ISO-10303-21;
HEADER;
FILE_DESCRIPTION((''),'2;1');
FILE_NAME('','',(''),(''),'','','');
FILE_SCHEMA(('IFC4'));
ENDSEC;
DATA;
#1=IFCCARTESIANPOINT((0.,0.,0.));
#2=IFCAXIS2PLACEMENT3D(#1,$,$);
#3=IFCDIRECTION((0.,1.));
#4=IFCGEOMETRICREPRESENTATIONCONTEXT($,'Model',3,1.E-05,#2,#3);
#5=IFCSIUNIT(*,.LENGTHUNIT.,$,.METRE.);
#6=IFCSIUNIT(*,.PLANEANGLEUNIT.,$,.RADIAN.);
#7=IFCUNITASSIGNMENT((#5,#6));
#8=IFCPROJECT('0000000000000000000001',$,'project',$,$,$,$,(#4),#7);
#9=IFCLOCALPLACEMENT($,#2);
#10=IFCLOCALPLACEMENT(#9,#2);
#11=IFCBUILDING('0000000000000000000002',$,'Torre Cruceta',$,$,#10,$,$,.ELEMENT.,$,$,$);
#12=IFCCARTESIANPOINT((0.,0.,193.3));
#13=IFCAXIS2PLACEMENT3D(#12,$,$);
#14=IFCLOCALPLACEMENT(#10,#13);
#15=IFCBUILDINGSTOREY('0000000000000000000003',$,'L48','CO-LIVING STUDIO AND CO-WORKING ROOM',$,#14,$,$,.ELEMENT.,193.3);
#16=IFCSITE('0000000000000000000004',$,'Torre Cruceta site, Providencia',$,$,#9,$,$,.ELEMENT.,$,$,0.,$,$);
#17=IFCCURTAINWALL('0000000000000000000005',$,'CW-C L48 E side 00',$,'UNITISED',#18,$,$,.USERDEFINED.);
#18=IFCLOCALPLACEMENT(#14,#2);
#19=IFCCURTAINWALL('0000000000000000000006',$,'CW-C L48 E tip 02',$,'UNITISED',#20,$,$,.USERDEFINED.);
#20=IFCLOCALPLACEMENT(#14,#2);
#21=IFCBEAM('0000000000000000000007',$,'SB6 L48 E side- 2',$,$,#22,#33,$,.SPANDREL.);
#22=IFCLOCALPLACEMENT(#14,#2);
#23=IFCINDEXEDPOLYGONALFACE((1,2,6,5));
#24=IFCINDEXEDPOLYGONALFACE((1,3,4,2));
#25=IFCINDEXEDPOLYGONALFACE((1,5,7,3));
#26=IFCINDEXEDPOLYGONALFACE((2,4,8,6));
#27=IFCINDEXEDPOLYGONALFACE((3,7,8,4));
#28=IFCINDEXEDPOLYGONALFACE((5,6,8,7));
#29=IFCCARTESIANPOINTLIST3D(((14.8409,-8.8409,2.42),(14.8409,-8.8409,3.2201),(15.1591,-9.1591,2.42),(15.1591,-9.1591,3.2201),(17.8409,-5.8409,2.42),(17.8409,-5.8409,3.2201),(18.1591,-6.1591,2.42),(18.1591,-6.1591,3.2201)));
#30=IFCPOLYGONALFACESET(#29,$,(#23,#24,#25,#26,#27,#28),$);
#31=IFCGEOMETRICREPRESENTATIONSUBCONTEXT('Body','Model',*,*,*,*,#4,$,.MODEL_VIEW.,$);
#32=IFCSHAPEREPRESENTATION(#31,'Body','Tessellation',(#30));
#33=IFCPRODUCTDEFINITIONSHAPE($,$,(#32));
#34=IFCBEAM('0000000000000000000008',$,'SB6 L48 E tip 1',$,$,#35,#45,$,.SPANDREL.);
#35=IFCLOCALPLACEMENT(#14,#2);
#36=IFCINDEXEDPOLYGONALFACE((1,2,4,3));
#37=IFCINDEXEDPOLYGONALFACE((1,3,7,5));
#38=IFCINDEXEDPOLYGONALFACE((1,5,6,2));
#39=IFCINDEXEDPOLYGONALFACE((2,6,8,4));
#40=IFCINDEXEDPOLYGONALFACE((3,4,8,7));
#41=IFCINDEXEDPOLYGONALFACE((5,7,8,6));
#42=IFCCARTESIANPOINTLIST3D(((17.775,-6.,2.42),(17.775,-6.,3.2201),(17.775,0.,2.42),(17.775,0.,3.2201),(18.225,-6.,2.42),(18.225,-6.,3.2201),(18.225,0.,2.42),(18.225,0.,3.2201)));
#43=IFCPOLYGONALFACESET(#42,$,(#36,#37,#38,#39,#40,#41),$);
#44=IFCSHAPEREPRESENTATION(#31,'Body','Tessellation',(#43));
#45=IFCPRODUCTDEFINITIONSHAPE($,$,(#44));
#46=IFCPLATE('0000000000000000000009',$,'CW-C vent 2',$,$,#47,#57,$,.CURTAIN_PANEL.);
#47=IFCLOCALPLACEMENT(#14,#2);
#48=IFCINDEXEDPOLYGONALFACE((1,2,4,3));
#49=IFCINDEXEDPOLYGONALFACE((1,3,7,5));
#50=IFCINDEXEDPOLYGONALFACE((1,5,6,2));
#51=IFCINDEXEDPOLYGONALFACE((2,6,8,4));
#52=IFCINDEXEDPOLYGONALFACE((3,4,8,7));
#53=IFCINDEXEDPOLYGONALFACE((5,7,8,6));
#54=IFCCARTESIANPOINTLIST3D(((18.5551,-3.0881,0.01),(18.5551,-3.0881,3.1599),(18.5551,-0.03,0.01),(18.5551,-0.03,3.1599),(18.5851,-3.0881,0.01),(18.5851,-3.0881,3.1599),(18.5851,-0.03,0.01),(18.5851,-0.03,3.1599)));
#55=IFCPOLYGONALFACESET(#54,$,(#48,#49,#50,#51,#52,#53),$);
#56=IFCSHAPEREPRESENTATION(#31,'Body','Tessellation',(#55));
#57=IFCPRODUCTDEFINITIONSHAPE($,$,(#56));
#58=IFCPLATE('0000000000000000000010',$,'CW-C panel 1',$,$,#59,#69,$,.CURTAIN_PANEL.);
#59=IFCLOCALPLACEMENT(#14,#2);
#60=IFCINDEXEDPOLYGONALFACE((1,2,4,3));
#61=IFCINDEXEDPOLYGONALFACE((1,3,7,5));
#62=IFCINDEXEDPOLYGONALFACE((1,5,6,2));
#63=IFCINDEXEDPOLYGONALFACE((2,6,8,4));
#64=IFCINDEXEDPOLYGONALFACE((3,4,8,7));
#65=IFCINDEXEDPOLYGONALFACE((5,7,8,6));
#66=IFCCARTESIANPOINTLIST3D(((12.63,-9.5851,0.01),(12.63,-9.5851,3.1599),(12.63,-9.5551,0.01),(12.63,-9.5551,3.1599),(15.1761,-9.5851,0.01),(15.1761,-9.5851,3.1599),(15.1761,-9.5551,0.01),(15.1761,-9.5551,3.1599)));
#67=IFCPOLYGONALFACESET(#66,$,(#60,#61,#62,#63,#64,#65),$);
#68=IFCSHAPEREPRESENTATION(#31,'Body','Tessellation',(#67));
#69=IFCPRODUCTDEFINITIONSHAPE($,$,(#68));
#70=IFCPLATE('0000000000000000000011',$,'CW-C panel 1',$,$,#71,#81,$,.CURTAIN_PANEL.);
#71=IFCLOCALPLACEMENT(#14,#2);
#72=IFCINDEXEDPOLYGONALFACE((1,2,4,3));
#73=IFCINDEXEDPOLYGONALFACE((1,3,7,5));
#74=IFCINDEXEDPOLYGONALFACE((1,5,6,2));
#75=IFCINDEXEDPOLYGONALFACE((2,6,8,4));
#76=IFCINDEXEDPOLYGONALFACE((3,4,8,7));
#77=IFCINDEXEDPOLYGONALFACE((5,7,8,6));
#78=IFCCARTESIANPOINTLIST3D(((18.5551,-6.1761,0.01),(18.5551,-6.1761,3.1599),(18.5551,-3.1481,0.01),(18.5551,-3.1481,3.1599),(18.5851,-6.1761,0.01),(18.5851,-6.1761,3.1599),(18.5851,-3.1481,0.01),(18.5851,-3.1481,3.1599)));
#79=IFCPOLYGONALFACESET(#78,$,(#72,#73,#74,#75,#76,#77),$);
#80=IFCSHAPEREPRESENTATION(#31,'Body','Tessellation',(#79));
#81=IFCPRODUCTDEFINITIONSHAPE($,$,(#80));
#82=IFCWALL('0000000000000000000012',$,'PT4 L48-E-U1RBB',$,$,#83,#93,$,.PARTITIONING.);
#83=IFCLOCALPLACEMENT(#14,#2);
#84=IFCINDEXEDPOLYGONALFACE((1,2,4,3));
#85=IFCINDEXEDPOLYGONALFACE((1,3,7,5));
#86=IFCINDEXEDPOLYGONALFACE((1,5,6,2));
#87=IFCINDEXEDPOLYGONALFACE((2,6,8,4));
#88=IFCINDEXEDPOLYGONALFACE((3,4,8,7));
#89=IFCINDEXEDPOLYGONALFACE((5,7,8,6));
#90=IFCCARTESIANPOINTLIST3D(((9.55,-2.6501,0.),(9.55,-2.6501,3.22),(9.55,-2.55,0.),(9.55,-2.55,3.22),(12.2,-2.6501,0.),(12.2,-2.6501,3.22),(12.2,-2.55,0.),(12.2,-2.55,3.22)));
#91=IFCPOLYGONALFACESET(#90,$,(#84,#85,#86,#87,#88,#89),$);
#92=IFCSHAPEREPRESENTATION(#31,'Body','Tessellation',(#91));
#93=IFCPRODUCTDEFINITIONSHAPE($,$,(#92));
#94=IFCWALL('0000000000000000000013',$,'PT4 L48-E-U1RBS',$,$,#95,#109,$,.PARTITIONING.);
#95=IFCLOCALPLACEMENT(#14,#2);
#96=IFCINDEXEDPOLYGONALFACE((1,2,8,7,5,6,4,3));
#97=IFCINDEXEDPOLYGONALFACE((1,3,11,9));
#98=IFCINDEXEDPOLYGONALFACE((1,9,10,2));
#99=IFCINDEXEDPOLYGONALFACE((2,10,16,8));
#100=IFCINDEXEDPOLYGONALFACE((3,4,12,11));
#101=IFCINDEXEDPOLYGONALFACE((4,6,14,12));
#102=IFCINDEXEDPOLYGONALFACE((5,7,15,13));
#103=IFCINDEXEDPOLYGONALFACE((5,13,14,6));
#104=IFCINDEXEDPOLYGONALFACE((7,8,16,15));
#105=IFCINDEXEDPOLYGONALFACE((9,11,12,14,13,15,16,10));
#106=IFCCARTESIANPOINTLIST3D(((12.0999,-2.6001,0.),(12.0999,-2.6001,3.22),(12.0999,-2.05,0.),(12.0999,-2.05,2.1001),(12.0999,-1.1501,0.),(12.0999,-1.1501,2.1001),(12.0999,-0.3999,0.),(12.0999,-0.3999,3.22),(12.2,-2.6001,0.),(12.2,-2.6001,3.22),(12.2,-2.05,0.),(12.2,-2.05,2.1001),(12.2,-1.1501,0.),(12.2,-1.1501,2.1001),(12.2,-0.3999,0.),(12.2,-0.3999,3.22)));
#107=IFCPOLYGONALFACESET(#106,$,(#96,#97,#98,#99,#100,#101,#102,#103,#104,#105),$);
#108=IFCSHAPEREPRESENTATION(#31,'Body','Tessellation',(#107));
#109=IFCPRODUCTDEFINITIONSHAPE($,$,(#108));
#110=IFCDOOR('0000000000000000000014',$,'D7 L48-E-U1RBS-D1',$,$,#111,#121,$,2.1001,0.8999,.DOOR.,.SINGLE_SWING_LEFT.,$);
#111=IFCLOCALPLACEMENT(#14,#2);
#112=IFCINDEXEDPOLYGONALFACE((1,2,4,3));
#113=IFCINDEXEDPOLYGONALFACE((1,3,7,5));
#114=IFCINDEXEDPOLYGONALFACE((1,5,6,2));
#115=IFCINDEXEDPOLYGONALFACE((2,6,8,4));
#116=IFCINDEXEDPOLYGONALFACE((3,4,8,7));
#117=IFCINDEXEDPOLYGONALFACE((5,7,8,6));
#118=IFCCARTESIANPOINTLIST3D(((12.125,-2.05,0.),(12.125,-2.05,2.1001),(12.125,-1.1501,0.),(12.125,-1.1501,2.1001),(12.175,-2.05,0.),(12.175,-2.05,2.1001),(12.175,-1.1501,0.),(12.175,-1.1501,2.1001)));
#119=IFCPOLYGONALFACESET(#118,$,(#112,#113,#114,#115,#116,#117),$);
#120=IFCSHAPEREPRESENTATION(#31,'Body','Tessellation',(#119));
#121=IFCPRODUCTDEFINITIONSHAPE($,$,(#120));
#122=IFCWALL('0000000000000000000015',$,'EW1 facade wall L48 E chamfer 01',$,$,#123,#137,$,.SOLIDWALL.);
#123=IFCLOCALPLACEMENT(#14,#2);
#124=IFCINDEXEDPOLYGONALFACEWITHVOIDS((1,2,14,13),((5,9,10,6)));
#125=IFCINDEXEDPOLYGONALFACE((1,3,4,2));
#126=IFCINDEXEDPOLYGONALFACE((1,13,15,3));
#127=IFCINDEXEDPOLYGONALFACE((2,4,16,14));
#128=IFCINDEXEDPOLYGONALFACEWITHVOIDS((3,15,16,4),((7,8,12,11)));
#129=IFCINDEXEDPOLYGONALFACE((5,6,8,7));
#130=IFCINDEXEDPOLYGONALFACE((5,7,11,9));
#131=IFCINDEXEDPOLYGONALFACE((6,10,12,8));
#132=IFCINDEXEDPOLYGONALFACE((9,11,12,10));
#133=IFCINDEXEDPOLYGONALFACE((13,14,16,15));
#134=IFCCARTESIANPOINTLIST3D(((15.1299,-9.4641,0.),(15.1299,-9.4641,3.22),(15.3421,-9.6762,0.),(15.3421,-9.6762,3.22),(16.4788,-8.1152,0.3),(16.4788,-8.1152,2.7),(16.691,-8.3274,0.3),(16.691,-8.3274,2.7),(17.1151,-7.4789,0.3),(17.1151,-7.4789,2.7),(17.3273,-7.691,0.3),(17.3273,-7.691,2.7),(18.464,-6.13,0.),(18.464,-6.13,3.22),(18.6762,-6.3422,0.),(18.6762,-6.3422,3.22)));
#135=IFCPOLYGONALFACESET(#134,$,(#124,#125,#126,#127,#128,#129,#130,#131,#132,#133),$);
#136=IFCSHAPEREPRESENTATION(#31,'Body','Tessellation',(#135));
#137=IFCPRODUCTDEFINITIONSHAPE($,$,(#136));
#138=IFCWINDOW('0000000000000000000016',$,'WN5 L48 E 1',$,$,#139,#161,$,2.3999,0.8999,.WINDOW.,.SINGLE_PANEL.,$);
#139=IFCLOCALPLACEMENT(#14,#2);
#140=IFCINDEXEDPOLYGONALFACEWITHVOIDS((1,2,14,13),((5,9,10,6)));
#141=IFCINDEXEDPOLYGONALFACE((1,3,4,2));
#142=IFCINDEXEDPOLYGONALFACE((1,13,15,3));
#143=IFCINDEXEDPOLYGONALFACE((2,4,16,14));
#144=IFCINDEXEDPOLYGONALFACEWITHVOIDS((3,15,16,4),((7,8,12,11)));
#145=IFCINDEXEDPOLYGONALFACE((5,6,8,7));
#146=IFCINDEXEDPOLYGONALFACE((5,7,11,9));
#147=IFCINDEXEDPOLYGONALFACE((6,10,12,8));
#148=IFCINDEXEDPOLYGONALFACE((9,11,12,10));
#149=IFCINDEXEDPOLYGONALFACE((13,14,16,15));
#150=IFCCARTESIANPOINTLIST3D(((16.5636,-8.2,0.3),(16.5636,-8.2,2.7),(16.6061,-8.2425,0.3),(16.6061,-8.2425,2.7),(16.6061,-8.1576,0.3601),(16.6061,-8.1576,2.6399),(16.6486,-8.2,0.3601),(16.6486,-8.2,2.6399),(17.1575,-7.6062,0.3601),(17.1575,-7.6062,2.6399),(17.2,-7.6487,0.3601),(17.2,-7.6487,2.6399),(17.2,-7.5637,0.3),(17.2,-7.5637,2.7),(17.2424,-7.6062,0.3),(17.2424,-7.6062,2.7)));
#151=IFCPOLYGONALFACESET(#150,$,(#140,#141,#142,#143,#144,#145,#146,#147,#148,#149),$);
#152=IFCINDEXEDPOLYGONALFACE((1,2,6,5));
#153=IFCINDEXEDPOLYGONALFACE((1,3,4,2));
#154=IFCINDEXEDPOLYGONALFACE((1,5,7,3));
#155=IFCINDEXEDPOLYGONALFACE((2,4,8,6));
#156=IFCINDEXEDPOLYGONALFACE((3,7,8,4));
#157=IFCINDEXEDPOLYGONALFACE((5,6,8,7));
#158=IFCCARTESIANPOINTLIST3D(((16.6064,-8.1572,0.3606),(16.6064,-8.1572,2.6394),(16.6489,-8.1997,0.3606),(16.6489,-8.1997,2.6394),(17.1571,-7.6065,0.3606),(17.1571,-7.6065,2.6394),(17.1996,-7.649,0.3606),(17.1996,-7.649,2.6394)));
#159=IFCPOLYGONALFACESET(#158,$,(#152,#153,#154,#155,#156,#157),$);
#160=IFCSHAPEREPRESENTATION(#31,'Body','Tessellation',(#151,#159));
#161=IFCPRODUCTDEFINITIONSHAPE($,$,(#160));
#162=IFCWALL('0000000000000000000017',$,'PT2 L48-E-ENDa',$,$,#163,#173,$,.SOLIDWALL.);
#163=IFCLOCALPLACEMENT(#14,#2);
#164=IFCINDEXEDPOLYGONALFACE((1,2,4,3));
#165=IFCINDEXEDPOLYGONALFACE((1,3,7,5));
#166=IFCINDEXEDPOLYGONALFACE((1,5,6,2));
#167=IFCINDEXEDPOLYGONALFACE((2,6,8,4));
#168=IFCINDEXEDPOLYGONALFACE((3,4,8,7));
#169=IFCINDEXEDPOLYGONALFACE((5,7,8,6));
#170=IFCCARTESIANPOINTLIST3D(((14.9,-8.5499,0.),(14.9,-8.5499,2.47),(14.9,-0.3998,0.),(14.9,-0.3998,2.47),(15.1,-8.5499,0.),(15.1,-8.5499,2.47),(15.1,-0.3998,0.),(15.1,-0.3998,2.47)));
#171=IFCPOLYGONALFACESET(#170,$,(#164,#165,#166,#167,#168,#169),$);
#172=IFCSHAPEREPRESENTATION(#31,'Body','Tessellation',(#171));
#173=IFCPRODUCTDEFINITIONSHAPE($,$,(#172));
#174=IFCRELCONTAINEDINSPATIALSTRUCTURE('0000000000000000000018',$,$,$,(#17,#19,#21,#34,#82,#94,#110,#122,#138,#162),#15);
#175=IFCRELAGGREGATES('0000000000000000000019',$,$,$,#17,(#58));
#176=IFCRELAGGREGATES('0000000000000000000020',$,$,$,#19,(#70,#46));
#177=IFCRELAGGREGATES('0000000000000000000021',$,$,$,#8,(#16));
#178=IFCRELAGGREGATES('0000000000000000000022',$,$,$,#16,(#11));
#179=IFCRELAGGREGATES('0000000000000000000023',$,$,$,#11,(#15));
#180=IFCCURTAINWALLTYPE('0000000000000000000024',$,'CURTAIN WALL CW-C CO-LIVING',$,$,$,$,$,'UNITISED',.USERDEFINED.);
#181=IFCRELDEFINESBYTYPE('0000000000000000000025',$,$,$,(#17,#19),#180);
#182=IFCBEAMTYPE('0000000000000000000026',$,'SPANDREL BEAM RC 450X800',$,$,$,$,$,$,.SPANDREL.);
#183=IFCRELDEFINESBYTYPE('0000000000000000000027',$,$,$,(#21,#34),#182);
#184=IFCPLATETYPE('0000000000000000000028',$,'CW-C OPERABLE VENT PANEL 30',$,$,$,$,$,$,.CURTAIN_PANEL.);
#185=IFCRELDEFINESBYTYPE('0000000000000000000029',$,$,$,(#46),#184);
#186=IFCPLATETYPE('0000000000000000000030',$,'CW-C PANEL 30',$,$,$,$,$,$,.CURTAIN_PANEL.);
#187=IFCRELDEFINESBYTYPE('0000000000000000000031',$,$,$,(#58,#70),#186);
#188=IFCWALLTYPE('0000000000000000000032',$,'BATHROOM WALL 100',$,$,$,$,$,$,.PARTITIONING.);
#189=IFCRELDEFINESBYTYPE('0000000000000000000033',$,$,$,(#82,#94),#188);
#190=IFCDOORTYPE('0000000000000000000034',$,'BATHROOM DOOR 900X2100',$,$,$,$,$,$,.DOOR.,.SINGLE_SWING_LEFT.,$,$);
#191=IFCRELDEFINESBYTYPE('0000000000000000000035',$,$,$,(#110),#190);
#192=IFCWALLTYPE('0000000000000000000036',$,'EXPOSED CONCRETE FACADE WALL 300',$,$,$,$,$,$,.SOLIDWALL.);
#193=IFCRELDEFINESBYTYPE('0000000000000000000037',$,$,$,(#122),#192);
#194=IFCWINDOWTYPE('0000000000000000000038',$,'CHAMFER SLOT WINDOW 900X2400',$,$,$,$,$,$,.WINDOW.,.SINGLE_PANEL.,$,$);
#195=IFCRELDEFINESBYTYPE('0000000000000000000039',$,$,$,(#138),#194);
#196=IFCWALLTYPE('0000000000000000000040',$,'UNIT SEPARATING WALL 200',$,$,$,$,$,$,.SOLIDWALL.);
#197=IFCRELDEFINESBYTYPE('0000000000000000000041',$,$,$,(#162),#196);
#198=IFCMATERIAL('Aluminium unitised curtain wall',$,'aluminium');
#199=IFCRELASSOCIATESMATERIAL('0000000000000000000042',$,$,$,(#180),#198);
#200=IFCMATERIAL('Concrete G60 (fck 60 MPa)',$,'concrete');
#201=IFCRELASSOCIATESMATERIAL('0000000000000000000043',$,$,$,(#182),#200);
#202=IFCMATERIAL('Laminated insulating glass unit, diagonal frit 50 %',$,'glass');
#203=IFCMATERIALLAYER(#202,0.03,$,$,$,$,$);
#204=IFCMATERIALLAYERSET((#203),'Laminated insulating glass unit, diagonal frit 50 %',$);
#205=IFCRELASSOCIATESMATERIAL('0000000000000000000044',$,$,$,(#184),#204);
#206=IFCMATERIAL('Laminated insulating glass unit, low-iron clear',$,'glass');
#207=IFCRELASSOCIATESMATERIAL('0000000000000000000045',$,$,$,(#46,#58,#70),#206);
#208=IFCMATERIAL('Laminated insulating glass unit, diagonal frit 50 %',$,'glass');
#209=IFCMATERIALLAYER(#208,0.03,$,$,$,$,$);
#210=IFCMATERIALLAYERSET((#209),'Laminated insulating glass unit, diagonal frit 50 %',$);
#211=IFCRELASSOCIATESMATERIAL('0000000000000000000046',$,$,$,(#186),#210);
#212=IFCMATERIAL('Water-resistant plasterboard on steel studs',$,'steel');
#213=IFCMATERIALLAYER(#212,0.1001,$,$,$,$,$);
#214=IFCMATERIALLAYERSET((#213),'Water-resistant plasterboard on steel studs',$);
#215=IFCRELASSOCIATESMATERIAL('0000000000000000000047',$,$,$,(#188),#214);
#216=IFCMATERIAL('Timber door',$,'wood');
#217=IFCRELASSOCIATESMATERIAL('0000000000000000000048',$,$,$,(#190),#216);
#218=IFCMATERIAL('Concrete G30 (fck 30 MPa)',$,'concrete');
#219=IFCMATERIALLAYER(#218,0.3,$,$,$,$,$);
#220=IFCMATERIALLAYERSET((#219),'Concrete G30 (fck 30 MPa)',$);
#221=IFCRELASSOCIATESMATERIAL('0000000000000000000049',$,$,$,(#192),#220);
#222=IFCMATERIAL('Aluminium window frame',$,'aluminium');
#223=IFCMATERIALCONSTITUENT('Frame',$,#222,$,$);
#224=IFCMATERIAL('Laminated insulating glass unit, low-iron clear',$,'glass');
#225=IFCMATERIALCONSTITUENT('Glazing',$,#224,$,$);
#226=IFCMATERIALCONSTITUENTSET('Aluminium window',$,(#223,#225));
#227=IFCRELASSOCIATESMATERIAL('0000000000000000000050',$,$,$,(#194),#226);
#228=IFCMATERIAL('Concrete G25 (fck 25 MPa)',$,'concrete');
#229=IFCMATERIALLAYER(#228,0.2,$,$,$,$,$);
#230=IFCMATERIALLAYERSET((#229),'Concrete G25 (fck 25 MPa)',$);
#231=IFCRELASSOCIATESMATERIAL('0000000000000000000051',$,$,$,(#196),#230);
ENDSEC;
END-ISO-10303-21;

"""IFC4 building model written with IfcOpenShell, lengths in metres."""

from ifc_helpers import new_model, si_unit, direction, frame, frame_2d, origin, origin_2d, place, context, subcontext, project, spatial, rectangle, hollow_rectangle, extrude, material, layer, layer_set, constituent, constituent_set, material_profile, profile_set, type_object, element, fill, aggregate, save


model = new_model("IFC4")

# Units and contexts
model_context = context("Model", 3, precision=1e-05, world=origin(), true_north=direction((0.0, 1.0)))
body_context = subcontext(model_context, "Body", "Model", "MODEL_VIEW")
ifc_project = project(units=[si_unit("LENGTHUNIT", "METRE"), si_unit("PLANEANGLEUNIT", "RADIAN")], contexts=[model_context])

# Site, building, storey
site_placement = place(None, origin())
site = spatial("IfcSite", under=ifc_project, at=site_placement, Name="Torre Cruceta site, Providencia", CompositionType="ELEMENT", RefElevation=0.0)
building_placement = place(site_placement, origin())
building = spatial("IfcBuilding", under=site, at=building_placement, Name="Torre Cruceta", CompositionType="ELEMENT")
storey_placement = place(building_placement, frame((0.0, 0.0, 193.3)))
storey = spatial("IfcBuildingStorey", under=building, at=storey_placement, Name="L48", Description="CO-LIVING STUDIO AND CO-WORKING ROOM", CompositionType="ELEMENT", Elevation=193.3)

# Curtain walls
ifc_material_1 = material(Name="Aluminium unitised curtain wall", Category="aluminium")
curtain_wall_type = type_object("IfcCurtainWallType", Name="CURTAIN WALL CW-C CO-LIVING", ElementType="UNITISED", PredefinedType="USERDEFINED", material=ifc_material_1)
curtain_wall_1_placement = place(storey_placement, origin())
curtain_wall_1 = element("IfcCurtainWall", 1, at=curtain_wall_1_placement, inside=storey, type_object=curtain_wall_type, Name="CW-C L48 E side 00", ObjectType="UNITISED", PredefinedType="USERDEFINED")
curtain_wall_2_placement = place(storey_placement, origin())
curtain_wall_2 = element("IfcCurtainWall", 2, at=curtain_wall_2_placement, inside=storey, type_object=curtain_wall_type, Name="CW-C L48 E tip 02", ObjectType="UNITISED", PredefinedType="USERDEFINED")

# Beams
ifc_material_2 = material(Name="Concrete G60 (fck 60 MPa)", Category="concrete")
ifc_material_profile_1 = material_profile(ifc_material_2, rectangle(XDim=0.45, YDim=0.8, at=origin_2d()), Name="RC 450X800")
ifc_profile_set_1 = profile_set([ifc_material_profile_1], Name="Concrete G60 (fck 60 MPa)")
beam_type_1 = type_object("IfcBeamType", Name="SPANDREL BEAM RC 450X800", PredefinedType="SPANDREL", material=ifc_profile_set_1)
beam_1_placement = place(storey_placement, frame((15.0, -9.0, 2.8201), z_axis=(0.707107, 0.707107, 0.0), x_axis=(-0.707107, 0.707107, 0.0)))
element("IfcBeam", 3, at=beam_1_placement, inside=storey, type_object=beam_type_1, Name="SB6 L48 E side- 2", PredefinedType="SPANDREL", context=body_context, shape_type="SweptSolid", body=[
    extrude(rectangle(XDim=0.45, YDim=0.8, at=origin_2d()), origin(), (0.0, 0.0, 1.0), 4.2427),
])
beam_2_placement = place(storey_placement, frame((18.0, -6.0, 2.8201), z_axis=(0.0, 1.0, 0.0), x_axis=(-1.0, 0.0, 0.0)))
element("IfcBeam", 4, at=beam_2_placement, inside=storey, type_object=beam_type_1, Name="SB6 L48 E tip 1", PredefinedType="SPANDREL", context=body_context, shape_type="SweptSolid", body=[
    extrude(rectangle(XDim=0.45, YDim=0.8, at=origin_2d()), origin(), (0.0, 0.0, 1.0), 6.0),
])

# Plates
ifc_material_3 = material(Name="Laminated insulating glass unit, low-iron clear", Category="glass")
ifc_material_4 = material(Name="Laminated insulating glass unit, diagonal frit 50 %", Category="glass")
ifc_layer_1 = layer(ifc_material_4, 0.03)
ifc_layer_set_1 = layer_set([ifc_layer_1], Name="Laminated insulating glass unit, diagonal frit 50 %")
plate_type_1 = type_object("IfcPlateType", Name="CW-C OPERABLE VENT PANEL 30", PredefinedType="CURTAIN_PANEL", material=ifc_layer_set_1)
plate_1_placement = place(storey_placement, frame((18.5701, -1.5591, 0.01), z_axis=(0.0, 0.0, 1.0), x_axis=(0.0, 1.0, 0.0)))
plate_1 = element("IfcPlate", 5, at=plate_1_placement, type_object=plate_type_1, material=ifc_material_3, Name="CW-C vent 2", PredefinedType="CURTAIN_PANEL", context=body_context, shape_type="SweptSolid", body=[
    extrude(rectangle(XDim=3.0581, YDim=0.03, at=origin_2d()), origin(), (0.0, 0.0, 1.0), 3.1499),
])
ifc_material_5 = material(Name="Laminated insulating glass unit, diagonal frit 50 %", Category="glass")
ifc_layer_2 = layer(ifc_material_5, 0.03)
ifc_layer_set_2 = layer_set([ifc_layer_2], Name="Laminated insulating glass unit, diagonal frit 50 %")
plate_type_2 = type_object("IfcPlateType", Name="CW-C PANEL 30", PredefinedType="CURTAIN_PANEL", material=ifc_layer_set_2)
plate_2_placement = place(storey_placement, frame((13.9031, -9.5701, 0.01), z_axis=(0.0, 0.0, 1.0), x_axis=(1.0, 0.0, 0.0)))
plate_2 = element("IfcPlate", 6, at=plate_2_placement, type_object=plate_type_2, material=ifc_material_3, Name="CW-C panel 1", PredefinedType="CURTAIN_PANEL", context=body_context, shape_type="SweptSolid", body=[
    extrude(rectangle(XDim=2.5461, YDim=0.03, at=origin_2d()), origin(), (0.0, 0.0, 1.0), 3.1499),
])
aggregate(curtain_wall_1, [plate_2])
plate_3_placement = place(storey_placement, frame((18.5701, -4.6621, 0.01), z_axis=(0.0, 0.0, 1.0), x_axis=(0.0, 1.0, 0.0)))
plate_3 = element("IfcPlate", 7, at=plate_3_placement, type_object=plate_type_2, material=ifc_material_3, Name="CW-C panel 1", PredefinedType="CURTAIN_PANEL", context=body_context, shape_type="SweptSolid", body=[
    extrude(rectangle(XDim=3.0281, YDim=0.03, at=origin_2d()), origin(), (0.0, 0.0, 1.0), 3.1499),
])
aggregate(curtain_wall_2, [plate_3, plate_1])

# Wall
ifc_material_6 = material(Name="Water-resistant plasterboard on steel studs", Category="steel")
ifc_layer_3 = layer(ifc_material_6, 0.1001)
ifc_layer_set_3 = layer_set([ifc_layer_3], Name="Water-resistant plasterboard on steel studs")
wall_type_1 = type_object("IfcWallType", Name="BATHROOM WALL 100", PredefinedType="PARTITIONING", material=ifc_layer_set_3)
wall_1_placement = place(storey_placement, frame((9.55, -2.6001, 0.0), z_axis=(0.0, 0.0, 1.0), x_axis=(1.0, 0.0, 0.0)))
element("IfcWall", 8, at=wall_1_placement, inside=storey, type_object=wall_type_1, Name="PT4 L48-E-U1RBB", PredefinedType="PARTITIONING", context=body_context, shape_type="SweptSolid", body=[
    extrude(rectangle(XDim=2.6499, YDim=0.1001, at=frame_2d((1.325, 0.0))), origin(), (0.0, 0.0, 1.0), 3.22),
])

# Wall, opening, door
wall_2_placement = place(storey_placement, frame((12.1499, -2.6001, 0.0), z_axis=(0.0, 0.0, 1.0), x_axis=(0.0, 1.0, 0.0)))
wall_2 = element("IfcWall", 9, at=wall_2_placement, inside=storey, type_object=wall_type_1, Name="PT4 L48-E-U1RBS", PredefinedType="PARTITIONING", context=body_context, shape_type="SweptSolid", body=[
    extrude(rectangle(XDim=2.2002, YDim=0.1001, at=frame_2d((1.1001, 0.0))), origin(), (0.0, 0.0, 1.0), 3.22),
])
opening_1_placement = place(wall_2_placement, frame((0.55, 0.0, 0.0)))
opening_1 = element("IfcOpeningElement", 10, at=opening_1_placement, cuts=wall_2, PredefinedType="OPENING", context=body_context, shape_type="SweptSolid", body=[
    extrude(rectangle(XDim=0.8999, YDim=2.1001, at=frame_2d((0.45, 1.05))), frame((0.0, 0.0601, 0.0), z_axis=(0.0, -1.0, 0.0), x_axis=(1.0, 0.0, 0.0)), (0.0, 0.0, 1.0), 0.1201),
])
ifc_material_7 = material(Name="Timber door", Category="wood")
door_type_1 = type_object("IfcDoorType", Name="BATHROOM DOOR 900X2100", OperationType="SINGLE_SWING_LEFT", PredefinedType="DOOR", material=ifc_material_7)
door_1_placement = place(opening_1_placement, origin())
door_1 = element("IfcDoor", 11, at=door_1_placement, inside=storey, type_object=door_type_1, Name="D7 L48-E-U1RBS-D1", OperationType="SINGLE_SWING_LEFT", OverallHeight=2.1001, OverallWidth=0.8999, PredefinedType="DOOR", context=body_context, shape_type="SweptSolid", body=[
    extrude(rectangle(XDim=0.8999, YDim=2.1001, at=frame_2d((0.45, 1.05))), frame((0.0, 0.0249, 0.0), z_axis=(0.0, -1.0, 0.0), x_axis=(1.0, 0.0, 0.0)), (0.0, 0.0, 1.0), 0.05),
])
fill(opening_1, door_1)

# Wall, opening, window
ifc_material_8 = material(Name="Concrete G30 (fck 30 MPa)", Category="concrete")
ifc_layer_4 = layer(ifc_material_8, 0.3)
ifc_layer_set_4 = layer_set([ifc_layer_4], Name="Concrete G30 (fck 30 MPa)")
wall_type_2 = type_object("IfcWallType", Name="EXPOSED CONCRETE FACADE WALL 300", PredefinedType="SOLIDWALL", material=ifc_layer_set_4)
wall_3_placement = place(storey_placement, frame((15.2361, -9.5701, 0.0), z_axis=(0.0, 0.0, 1.0), x_axis=(0.707107, 0.707107, 0.0)))
wall_3 = element("IfcWall", 12, at=wall_3_placement, inside=storey, type_object=wall_type_2, Name="EW1 facade wall L48 E chamfer 01", PredefinedType="SOLIDWALL", context=body_context, shape_type="SweptSolid", body=[
    extrude(rectangle(XDim=4.7151, YDim=0.3, at=frame_2d((2.3574, 0.0))), origin(), (0.0, 0.0, 1.0), 3.22),
])
opening_2_placement = place(wall_3_placement, frame((1.9075, 0.0, 0.3)))
opening_2 = element("IfcOpeningElement", 13, at=opening_2_placement, cuts=wall_3, PredefinedType="OPENING", context=body_context, shape_type="SweptSolid", body=[
    extrude(rectangle(XDim=0.8999, YDim=2.3999, at=frame_2d((0.45, 1.2))), frame((0.0, 0.1599, 0.0), z_axis=(0.0, -1.0, 0.0), x_axis=(1.0, 0.0, 0.0)), (0.0, 0.0, 1.0), 0.3201),
])
ifc_material_9 = material(Name="Aluminium window frame", Category="aluminium")
ifc_constituent_1 = constituent(ifc_material_9, Name="Frame")
ifc_material_10 = material(Name="Laminated insulating glass unit, low-iron clear", Category="glass")
ifc_constituent_2 = constituent(ifc_material_10, Name="Glazing")
ifc_constituent_set_1 = constituent_set(constituents=[ifc_constituent_1, ifc_constituent_2], Name="Aluminium window")
window_type = type_object("IfcWindowType", Name="CHAMFER SLOT WINDOW 900X2400", PartitioningType="SINGLE_PANEL", PredefinedType="WINDOW", material=ifc_constituent_set_1)
window_placement = place(opening_2_placement, origin())
window = element("IfcWindow", 14, at=window_placement, inside=storey, type_object=window_type, Name="WN5 L48 E 1", OverallHeight=2.3999, OverallWidth=0.8999, PartitioningType="SINGLE_PANEL", PredefinedType="WINDOW", context=body_context, shape_type="SweptSolid", body=[
    extrude(hollow_rectangle(XDim=0.8999, YDim=2.3999, WallThickness=0.0601, at=frame_2d((0.45, 1.2))), frame((0.0, 0.03, 0.0), z_axis=(0.0, -1.0, 0.0), x_axis=(1.0, 0.0, 0.0)), (0.0, 0.0, 1.0), 0.0601),
    extrude(rectangle(XDim=0.7788, YDim=2.2788, at=frame_2d((0.45, 1.2))), frame((0.0, 0.03, 0.0), z_axis=(0.0, -1.0, 0.0), x_axis=(1.0, 0.0, 0.0)), (0.0, 0.0, 1.0), 0.0601),
])
fill(opening_2, window)

# Wall
ifc_material_11 = material(Name="Concrete G25 (fck 25 MPa)", Category="concrete")
ifc_layer_5 = layer(ifc_material_11, 0.2)
ifc_layer_set_5 = layer_set([ifc_layer_5], Name="Concrete G25 (fck 25 MPa)")
wall_type_3 = type_object("IfcWallType", Name="UNIT SEPARATING WALL 200", PredefinedType="SOLIDWALL", material=ifc_layer_set_5)
wall_4_placement = place(storey_placement, frame((15.0, -8.55, 0.0), z_axis=(0.0, 0.0, 1.0), x_axis=(0.0, 1.0, 0.0)))
element("IfcWall", 15, at=wall_4_placement, inside=storey, type_object=wall_type_3, Name="PT2 L48-E-ENDa", PredefinedType="SOLIDWALL", context=body_context, shape_type="SweptSolid", body=[
    extrude(rectangle(XDim=8.1501, YDim=0.2, at=frame_2d((4.0752, 0.0))), origin(), (0.0, 0.0, 1.0), 2.47),
])

save(model, "model.ifc")
